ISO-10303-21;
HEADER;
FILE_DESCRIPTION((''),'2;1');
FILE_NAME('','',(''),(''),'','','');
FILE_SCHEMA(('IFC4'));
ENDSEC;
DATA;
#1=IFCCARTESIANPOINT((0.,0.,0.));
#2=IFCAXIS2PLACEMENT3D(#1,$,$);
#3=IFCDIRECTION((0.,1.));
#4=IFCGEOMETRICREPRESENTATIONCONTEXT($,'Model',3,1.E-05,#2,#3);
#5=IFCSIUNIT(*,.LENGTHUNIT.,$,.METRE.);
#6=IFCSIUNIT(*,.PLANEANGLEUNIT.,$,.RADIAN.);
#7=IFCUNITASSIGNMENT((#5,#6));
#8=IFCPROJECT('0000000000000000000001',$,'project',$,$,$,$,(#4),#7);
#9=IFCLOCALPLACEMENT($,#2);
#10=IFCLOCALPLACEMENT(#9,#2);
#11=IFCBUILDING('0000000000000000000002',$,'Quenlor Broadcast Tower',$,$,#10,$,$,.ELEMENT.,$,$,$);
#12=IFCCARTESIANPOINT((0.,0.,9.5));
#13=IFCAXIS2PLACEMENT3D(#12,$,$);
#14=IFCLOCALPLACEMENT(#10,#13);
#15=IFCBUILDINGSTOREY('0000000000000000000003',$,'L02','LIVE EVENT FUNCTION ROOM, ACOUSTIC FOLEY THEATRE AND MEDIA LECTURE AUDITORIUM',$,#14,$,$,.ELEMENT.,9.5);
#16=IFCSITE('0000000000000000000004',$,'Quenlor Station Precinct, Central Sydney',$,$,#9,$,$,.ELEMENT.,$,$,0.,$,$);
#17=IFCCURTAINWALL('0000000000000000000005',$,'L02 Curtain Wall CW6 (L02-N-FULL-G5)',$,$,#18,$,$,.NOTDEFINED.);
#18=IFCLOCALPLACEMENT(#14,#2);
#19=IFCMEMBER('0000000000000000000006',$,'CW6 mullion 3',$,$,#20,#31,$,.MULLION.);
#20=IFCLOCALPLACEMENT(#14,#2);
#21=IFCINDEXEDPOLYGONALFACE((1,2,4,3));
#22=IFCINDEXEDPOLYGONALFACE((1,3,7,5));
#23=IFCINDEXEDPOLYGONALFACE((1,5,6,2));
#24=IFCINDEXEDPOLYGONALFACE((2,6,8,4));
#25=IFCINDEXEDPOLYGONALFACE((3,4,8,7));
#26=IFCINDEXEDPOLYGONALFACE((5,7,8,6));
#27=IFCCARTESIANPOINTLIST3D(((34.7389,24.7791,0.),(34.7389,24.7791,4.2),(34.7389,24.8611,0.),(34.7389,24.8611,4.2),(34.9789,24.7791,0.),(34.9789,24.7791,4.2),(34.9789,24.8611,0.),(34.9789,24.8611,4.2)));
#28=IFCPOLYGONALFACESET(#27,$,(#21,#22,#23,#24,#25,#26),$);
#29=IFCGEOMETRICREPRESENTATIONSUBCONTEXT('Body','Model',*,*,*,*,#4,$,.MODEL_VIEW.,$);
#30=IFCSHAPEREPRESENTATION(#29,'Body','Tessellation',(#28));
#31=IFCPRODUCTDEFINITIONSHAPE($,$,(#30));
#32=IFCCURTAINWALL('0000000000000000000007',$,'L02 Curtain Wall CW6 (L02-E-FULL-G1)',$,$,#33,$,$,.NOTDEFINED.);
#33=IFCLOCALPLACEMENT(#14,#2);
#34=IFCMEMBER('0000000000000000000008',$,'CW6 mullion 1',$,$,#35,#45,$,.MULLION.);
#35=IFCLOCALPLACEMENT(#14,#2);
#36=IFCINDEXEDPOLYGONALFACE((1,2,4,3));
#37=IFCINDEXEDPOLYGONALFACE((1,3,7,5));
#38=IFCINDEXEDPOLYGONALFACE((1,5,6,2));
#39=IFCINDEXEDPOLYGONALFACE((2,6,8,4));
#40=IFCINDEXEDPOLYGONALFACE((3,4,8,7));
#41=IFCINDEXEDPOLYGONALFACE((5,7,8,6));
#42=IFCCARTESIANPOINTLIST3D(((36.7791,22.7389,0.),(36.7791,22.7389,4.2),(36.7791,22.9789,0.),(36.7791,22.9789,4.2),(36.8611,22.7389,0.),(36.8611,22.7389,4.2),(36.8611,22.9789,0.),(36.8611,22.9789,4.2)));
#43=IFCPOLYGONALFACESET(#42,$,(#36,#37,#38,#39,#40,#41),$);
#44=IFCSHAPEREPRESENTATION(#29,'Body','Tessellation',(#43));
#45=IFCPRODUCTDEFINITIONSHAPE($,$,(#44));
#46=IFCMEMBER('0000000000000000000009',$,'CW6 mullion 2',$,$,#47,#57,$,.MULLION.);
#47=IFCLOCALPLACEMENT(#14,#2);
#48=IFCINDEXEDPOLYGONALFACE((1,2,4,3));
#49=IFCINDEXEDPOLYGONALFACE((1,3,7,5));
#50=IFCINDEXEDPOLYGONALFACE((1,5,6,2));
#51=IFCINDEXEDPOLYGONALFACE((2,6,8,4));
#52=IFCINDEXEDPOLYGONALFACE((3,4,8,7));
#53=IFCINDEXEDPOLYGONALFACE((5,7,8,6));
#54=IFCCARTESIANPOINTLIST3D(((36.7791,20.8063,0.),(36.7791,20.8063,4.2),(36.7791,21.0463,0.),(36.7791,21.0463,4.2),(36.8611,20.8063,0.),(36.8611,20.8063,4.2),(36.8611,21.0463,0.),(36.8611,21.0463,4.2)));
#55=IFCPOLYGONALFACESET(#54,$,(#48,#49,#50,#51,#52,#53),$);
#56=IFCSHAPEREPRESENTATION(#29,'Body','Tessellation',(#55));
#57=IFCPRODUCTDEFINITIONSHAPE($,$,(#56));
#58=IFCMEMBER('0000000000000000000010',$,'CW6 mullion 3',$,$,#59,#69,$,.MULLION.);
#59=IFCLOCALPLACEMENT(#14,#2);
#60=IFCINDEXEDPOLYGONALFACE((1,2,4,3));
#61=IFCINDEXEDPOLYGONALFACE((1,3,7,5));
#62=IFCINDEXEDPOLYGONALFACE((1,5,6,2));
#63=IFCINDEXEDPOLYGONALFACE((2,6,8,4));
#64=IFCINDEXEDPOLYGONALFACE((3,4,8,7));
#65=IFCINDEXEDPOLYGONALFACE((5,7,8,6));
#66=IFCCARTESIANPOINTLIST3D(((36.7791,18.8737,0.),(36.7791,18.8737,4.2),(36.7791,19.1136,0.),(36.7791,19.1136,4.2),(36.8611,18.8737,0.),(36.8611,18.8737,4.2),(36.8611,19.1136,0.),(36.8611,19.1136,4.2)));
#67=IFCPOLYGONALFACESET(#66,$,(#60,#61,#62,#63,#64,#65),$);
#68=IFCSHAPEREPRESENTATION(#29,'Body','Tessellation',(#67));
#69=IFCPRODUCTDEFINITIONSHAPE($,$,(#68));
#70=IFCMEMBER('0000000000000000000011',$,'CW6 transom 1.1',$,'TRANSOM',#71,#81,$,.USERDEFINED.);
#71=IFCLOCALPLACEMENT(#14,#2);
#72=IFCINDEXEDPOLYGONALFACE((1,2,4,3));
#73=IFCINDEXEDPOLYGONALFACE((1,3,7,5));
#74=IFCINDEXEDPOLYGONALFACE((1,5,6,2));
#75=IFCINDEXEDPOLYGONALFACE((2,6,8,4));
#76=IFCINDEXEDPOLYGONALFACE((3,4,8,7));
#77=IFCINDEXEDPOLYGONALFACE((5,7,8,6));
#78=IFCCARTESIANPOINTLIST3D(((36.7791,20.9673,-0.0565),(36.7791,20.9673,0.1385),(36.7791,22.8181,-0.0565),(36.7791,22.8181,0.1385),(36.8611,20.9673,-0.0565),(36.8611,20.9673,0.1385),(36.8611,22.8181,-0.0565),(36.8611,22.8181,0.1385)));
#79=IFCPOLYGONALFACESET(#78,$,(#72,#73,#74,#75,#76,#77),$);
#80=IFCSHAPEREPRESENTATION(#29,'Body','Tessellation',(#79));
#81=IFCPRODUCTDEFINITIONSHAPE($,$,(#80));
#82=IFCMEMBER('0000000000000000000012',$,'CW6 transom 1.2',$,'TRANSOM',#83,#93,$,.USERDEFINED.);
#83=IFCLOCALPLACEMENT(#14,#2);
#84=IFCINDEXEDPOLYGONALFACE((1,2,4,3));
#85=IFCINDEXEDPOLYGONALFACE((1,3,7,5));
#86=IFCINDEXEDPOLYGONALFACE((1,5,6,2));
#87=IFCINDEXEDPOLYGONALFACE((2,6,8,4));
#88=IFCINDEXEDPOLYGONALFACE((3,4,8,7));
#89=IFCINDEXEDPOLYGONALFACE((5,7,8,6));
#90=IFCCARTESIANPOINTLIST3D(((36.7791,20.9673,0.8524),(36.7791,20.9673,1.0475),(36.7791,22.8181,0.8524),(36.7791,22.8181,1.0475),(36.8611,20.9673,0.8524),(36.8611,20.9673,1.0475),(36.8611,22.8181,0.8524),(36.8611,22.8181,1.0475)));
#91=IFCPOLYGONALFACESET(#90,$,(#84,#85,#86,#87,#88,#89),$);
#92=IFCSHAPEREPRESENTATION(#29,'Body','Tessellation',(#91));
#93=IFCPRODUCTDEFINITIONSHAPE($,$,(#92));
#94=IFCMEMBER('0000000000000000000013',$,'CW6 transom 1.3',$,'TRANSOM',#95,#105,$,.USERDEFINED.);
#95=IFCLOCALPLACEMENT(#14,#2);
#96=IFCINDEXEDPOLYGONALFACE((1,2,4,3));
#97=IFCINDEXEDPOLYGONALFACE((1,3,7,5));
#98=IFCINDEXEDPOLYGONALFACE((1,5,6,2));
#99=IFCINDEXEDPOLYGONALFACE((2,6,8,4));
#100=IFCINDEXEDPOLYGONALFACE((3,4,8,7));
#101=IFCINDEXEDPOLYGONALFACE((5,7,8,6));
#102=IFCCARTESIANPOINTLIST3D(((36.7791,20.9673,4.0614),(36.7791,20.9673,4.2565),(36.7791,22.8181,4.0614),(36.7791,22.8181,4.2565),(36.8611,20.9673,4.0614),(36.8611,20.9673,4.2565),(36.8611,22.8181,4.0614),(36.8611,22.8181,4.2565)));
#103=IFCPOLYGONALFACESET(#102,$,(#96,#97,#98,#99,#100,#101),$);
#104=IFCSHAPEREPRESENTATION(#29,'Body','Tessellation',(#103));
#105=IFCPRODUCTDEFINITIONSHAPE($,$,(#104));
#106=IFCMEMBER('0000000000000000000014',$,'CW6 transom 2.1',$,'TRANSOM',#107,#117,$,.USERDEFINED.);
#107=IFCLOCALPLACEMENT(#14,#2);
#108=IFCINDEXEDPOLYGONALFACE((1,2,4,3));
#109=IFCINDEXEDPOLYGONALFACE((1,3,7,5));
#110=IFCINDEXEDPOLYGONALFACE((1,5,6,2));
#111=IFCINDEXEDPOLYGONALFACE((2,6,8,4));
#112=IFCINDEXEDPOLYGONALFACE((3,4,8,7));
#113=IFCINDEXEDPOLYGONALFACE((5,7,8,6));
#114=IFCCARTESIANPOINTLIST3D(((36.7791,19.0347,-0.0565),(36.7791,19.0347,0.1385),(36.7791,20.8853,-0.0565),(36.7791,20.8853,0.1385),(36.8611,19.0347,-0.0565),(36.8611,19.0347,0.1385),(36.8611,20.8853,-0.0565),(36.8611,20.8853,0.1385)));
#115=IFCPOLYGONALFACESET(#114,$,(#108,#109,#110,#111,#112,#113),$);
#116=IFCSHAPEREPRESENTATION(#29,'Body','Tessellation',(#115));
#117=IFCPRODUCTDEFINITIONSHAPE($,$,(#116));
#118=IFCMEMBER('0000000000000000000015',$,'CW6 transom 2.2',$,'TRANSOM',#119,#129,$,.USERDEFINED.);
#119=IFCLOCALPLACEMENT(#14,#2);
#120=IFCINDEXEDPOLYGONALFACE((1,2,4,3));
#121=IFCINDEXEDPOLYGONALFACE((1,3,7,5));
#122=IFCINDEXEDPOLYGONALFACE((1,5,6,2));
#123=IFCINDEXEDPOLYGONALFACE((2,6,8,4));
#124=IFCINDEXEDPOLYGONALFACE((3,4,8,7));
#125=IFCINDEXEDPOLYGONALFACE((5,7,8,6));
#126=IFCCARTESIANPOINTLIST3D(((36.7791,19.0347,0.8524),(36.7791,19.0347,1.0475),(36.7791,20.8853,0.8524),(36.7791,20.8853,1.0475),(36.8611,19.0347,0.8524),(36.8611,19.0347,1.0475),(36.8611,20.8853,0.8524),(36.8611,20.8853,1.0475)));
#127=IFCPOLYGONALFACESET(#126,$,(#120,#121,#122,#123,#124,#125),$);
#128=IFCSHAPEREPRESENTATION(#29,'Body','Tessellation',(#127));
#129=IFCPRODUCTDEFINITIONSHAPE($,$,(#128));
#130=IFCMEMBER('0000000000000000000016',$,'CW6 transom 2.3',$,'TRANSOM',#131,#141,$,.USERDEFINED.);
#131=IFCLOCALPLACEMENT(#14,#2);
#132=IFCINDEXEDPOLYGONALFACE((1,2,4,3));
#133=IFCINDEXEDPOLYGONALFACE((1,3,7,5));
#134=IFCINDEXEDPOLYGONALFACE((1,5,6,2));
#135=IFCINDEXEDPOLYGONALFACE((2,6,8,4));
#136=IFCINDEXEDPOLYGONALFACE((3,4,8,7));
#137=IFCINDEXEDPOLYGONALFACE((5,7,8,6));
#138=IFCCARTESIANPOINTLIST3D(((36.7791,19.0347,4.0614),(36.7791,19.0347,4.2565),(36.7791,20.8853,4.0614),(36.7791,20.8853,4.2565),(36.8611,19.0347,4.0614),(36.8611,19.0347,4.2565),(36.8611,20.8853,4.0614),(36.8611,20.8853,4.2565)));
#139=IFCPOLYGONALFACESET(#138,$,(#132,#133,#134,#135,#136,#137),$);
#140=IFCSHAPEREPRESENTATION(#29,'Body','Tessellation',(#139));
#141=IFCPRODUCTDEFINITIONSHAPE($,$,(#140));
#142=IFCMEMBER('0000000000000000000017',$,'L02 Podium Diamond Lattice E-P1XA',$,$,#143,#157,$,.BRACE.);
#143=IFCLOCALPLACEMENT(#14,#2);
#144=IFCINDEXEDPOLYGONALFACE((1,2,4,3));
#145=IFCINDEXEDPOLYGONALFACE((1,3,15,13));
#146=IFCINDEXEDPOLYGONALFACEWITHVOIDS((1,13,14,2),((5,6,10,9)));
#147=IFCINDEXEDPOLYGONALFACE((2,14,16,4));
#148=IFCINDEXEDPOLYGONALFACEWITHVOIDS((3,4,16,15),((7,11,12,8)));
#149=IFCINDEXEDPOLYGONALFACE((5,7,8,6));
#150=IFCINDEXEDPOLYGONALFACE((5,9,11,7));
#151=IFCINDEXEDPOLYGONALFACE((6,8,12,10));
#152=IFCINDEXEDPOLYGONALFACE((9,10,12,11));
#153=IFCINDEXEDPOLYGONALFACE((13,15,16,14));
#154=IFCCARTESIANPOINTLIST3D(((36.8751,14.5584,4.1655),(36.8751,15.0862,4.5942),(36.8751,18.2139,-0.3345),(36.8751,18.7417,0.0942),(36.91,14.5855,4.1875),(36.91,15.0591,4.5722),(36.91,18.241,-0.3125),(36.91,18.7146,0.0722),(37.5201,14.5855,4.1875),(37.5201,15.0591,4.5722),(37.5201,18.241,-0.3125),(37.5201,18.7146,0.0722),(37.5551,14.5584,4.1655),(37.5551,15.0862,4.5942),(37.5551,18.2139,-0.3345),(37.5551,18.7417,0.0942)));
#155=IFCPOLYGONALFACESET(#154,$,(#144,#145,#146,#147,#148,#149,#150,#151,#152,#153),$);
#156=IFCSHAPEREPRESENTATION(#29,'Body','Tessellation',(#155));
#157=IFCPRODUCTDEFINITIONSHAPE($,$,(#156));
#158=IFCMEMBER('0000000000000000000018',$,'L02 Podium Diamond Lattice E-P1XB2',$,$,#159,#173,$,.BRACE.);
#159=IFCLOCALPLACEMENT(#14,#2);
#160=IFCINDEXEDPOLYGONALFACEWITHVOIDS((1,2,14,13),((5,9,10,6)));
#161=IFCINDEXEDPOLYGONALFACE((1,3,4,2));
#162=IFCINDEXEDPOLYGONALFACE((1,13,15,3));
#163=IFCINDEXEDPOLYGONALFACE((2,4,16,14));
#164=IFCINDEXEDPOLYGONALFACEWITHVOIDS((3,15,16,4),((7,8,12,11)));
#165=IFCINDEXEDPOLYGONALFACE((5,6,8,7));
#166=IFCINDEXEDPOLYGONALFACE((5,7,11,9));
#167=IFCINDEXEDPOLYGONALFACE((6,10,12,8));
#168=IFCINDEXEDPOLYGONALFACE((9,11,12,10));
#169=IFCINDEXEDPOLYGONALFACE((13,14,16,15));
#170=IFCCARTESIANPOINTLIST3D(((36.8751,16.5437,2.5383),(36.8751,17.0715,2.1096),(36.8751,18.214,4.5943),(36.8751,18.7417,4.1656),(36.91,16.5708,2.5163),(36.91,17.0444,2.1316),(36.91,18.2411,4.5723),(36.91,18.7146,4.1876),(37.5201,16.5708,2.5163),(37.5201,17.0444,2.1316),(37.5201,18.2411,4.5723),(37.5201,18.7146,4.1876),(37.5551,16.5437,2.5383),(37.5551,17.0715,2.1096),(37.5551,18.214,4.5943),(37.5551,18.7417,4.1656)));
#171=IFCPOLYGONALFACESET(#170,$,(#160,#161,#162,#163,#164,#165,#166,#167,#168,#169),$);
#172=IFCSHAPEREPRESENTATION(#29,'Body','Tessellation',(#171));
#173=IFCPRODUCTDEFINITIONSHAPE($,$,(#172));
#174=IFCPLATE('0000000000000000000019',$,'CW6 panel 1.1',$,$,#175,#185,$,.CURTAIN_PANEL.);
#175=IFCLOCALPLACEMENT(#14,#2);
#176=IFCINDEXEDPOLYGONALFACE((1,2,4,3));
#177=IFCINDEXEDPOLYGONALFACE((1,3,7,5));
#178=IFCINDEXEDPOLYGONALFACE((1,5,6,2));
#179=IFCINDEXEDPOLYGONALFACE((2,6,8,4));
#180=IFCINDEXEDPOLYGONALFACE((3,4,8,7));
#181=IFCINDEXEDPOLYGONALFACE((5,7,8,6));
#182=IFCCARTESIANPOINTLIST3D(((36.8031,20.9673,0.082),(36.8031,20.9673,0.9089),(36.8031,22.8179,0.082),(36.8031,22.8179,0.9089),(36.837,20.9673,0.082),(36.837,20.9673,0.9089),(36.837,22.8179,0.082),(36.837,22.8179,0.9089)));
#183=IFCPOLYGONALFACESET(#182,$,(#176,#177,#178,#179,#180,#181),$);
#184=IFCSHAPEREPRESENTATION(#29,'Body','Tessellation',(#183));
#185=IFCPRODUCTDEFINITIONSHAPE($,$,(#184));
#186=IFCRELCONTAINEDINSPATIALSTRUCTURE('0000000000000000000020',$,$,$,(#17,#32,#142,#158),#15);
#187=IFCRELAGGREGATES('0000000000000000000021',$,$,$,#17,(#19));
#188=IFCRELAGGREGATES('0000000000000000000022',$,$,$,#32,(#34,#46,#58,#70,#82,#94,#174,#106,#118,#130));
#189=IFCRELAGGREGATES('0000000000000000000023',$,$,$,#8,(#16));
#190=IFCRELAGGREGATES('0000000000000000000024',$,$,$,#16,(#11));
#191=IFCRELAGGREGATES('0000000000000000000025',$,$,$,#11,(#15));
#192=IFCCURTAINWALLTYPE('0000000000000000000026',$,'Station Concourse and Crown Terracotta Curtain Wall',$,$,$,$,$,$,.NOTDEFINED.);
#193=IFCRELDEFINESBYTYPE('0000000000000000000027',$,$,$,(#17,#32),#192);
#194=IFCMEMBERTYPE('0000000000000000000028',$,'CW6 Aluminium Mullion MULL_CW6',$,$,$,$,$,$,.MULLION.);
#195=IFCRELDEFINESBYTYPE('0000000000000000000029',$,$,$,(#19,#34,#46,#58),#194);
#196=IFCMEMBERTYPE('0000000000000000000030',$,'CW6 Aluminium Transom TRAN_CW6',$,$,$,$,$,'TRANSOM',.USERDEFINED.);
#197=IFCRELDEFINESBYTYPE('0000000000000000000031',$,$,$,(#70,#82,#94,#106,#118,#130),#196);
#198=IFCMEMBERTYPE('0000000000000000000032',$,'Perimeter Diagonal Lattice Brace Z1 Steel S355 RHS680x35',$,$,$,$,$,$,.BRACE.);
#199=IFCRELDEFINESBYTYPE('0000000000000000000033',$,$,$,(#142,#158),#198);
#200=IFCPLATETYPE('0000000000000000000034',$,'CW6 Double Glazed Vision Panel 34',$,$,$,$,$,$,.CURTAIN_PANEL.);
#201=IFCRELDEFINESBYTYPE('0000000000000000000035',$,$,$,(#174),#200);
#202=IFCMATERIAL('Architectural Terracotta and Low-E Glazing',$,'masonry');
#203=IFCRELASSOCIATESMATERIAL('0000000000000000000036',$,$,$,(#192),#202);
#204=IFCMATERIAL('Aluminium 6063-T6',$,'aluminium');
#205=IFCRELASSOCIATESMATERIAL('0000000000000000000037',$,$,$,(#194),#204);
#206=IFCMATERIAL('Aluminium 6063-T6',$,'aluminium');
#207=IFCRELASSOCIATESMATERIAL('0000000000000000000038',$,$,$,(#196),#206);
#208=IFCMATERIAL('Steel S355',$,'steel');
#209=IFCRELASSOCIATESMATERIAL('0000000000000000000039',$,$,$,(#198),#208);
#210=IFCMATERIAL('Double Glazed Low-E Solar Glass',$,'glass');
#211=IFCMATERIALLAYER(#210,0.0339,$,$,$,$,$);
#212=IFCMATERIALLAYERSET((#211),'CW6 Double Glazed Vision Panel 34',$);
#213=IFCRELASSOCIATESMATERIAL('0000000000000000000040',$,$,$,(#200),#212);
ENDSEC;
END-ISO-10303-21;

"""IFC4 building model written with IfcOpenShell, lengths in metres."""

from ifc_helpers import new_model, si_unit, direction, frame, origin, origin_2d, place, context, subcontext, project, spatial, rectangle, hollow_rectangle, extrude, material, layer, layer_set, material_profile, profile_set, type_object, element, aggregate, save


model = new_model("IFC4")

# Units and contexts
model_context = context("Model", 3, precision=1e-05, world=origin(), true_north=direction((0.0, 1.0)))
body_context = subcontext(model_context, "Body", "Model", "MODEL_VIEW")
ifc_project = project(units=[si_unit("LENGTHUNIT", "METRE"), si_unit("PLANEANGLEUNIT", "RADIAN")], contexts=[model_context])

# Site, building, storey
site_placement = place(None, origin())
site = spatial("IfcSite", under=ifc_project, at=site_placement, Name="Quenlor Station Precinct, Central Sydney", CompositionType="ELEMENT", RefElevation=0.0)
building_placement = place(site_placement, origin())
building = spatial("IfcBuilding", under=site, at=building_placement, Name="Quenlor Broadcast Tower", CompositionType="ELEMENT")
storey_placement = place(building_placement, frame((0.0, 0.0, 9.5)))
storey = spatial("IfcBuildingStorey", under=building, at=storey_placement, Name="L02", Description="LIVE EVENT FUNCTION ROOM, ACOUSTIC FOLEY THEATRE AND MEDIA LECTURE AUDITORIUM", CompositionType="ELEMENT", Elevation=9.5)

# Curtain wall, member
ifc_material_1 = material(Name="Architectural Terracotta and Low-E Glazing", Category="masonry")
curtain_wall_type = type_object("IfcCurtainWallType", Name="Station Concourse and Crown Terracotta Curtain Wall", PredefinedType="NOTDEFINED", material=ifc_material_1)
curtain_wall_1_placement = place(storey_placement, origin())
curtain_wall_1 = element("IfcCurtainWall", 1, at=curtain_wall_1_placement, inside=storey, type_object=curtain_wall_type, Name="L02 Curtain Wall CW6 (L02-N-FULL-G5)", PredefinedType="NOTDEFINED")
ifc_material_2 = material(Name="Aluminium 6063-T6", Category="aluminium")
ifc_material_profile_1 = material_profile(ifc_material_2, rectangle(XDim=0.082, YDim=0.24, at=origin_2d()))
ifc_profile_set_1 = profile_set([ifc_material_profile_1], Name="Aluminium 6063-T6 MULL82x240")
member_type_1 = type_object("IfcMemberType", Name="CW6 Aluminium Mullion MULL_CW6", PredefinedType="MULLION", material=ifc_profile_set_1)
member_1_placement = place(storey_placement, frame((34.8589, 24.8201, 0.0), z_axis=(0.0, 0.0, 1.0), x_axis=(0.0, 1.0, 0.0)))
member_1 = element("IfcMember", 2, at=member_1_placement, type_object=member_type_1, Name="CW6 mullion 3", PredefinedType="MULLION", context=body_context, shape_type="SweptSolid", body=[
    extrude(rectangle(XDim=0.082, YDim=0.24, at=origin_2d()), origin(), (0.0, 0.0, 1.0), 4.2),
])
aggregate(curtain_wall_1, [member_1])

# Curtain wall, members
curtain_wall_2_placement = place(storey_placement, origin())
curtain_wall_2 = element("IfcCurtainWall", 3, at=curtain_wall_2_placement, inside=storey, type_object=curtain_wall_type, Name="L02 Curtain Wall CW6 (L02-E-FULL-G1)", PredefinedType="NOTDEFINED")
member_2_placement = place(storey_placement, frame((36.8201, 22.8589, 0.0), z_axis=(0.0, 0.0, 1.0), x_axis=(1.0, 0.0, 0.0)))
member_2 = element("IfcMember", 4, at=member_2_placement, type_object=member_type_1, Name="CW6 mullion 1", PredefinedType="MULLION", context=body_context, shape_type="SweptSolid", body=[
    extrude(rectangle(XDim=0.082, YDim=0.24, at=origin_2d()), origin(), (0.0, 0.0, 1.0), 4.2),
])
member_3_placement = place(storey_placement, frame((36.8201, 20.9263, 0.0), z_axis=(0.0, 0.0, 1.0), x_axis=(1.0, 0.0, 0.0)))
member_3 = element("IfcMember", 5, at=member_3_placement, type_object=member_type_1, Name="CW6 mullion 2", PredefinedType="MULLION", context=body_context, shape_type="SweptSolid", body=[
    extrude(rectangle(XDim=0.082, YDim=0.24, at=origin_2d()), origin(), (0.0, 0.0, 1.0), 4.2),
])
member_4_placement = place(storey_placement, frame((36.8201, 18.9937, 0.0), z_axis=(0.0, 0.0, 1.0), x_axis=(1.0, 0.0, 0.0)))
member_4 = element("IfcMember", 6, at=member_4_placement, type_object=member_type_1, Name="CW6 mullion 3", PredefinedType="MULLION", context=body_context, shape_type="SweptSolid", body=[
    extrude(rectangle(XDim=0.082, YDim=0.24, at=origin_2d()), origin(), (0.0, 0.0, 1.0), 4.2),
])
ifc_material_3 = material(Name="Aluminium 6063-T6", Category="aluminium")
ifc_material_profile_2 = material_profile(ifc_material_3, rectangle(XDim=0.082, YDim=0.1951, at=origin_2d()))
ifc_profile_set_2 = profile_set([ifc_material_profile_2], Name="Aluminium 6063-T6 TRAN82x195")
member_type_2 = type_object("IfcMemberType", Name="CW6 Aluminium Transom TRAN_CW6", ElementType="TRANSOM", PredefinedType="USERDEFINED", material=ifc_profile_set_2)
member_5_placement = place(storey_placement, frame((36.8201, 22.8181, 0.041), z_axis=(0.0, -1.0, 0.0), x_axis=(1.0, 0.0, 0.0)))
member_5 = element("IfcMember", 7, at=member_5_placement, type_object=member_type_2, Name="CW6 transom 1.1", ObjectType="TRANSOM", PredefinedType="USERDEFINED", context=body_context, shape_type="SweptSolid", body=[
    extrude(rectangle(XDim=0.082, YDim=0.1951, at=origin_2d()), origin(), (0.0, 0.0, 1.0), 1.8508),
])
member_6_placement = place(storey_placement, frame((36.8201, 22.8181, 0.95), z_axis=(0.0, -1.0, 0.0), x_axis=(1.0, 0.0, 0.0)))
member_6 = element("IfcMember", 8, at=member_6_placement, type_object=member_type_2, Name="CW6 transom 1.2", ObjectType="TRANSOM", PredefinedType="USERDEFINED", context=body_context, shape_type="SweptSolid", body=[
    extrude(rectangle(XDim=0.082, YDim=0.1951, at=origin_2d()), origin(), (0.0, 0.0, 1.0), 1.8508),
])
member_7_placement = place(storey_placement, frame((36.8201, 22.8181, 4.1589), z_axis=(0.0, -1.0, 0.0), x_axis=(1.0, 0.0, 0.0)))
member_7 = element("IfcMember", 9, at=member_7_placement, type_object=member_type_2, Name="CW6 transom 1.3", ObjectType="TRANSOM", PredefinedType="USERDEFINED", context=body_context, shape_type="SweptSolid", body=[
    extrude(rectangle(XDim=0.082, YDim=0.1951, at=origin_2d()), origin(), (0.0, 0.0, 1.0), 1.8508),
])
member_8_placement = place(storey_placement, frame((36.8201, 20.8853, 0.041), z_axis=(0.0, -1.0, 0.0), x_axis=(1.0, 0.0, 0.0)))
member_8 = element("IfcMember", 10, at=member_8_placement, type_object=member_type_2, Name="CW6 transom 2.1", ObjectType="TRANSOM", PredefinedType="USERDEFINED", context=body_context, shape_type="SweptSolid", body=[
    extrude(rectangle(XDim=0.082, YDim=0.1951, at=origin_2d()), origin(), (0.0, 0.0, 1.0), 1.8506),
])
member_9_placement = place(storey_placement, frame((36.8201, 20.8853, 0.95), z_axis=(0.0, -1.0, 0.0), x_axis=(1.0, 0.0, 0.0)))
member_9 = element("IfcMember", 11, at=member_9_placement, type_object=member_type_2, Name="CW6 transom 2.2", ObjectType="TRANSOM", PredefinedType="USERDEFINED", context=body_context, shape_type="SweptSolid", body=[
    extrude(rectangle(XDim=0.082, YDim=0.1951, at=origin_2d()), origin(), (0.0, 0.0, 1.0), 1.8506),
])
member_10_placement = place(storey_placement, frame((36.8201, 20.8853, 4.1589), z_axis=(0.0, -1.0, 0.0), x_axis=(1.0, 0.0, 0.0)))
member_10 = element("IfcMember", 12, at=member_10_placement, type_object=member_type_2, Name="CW6 transom 2.3", ObjectType="TRANSOM", PredefinedType="USERDEFINED", context=body_context, shape_type="SweptSolid", body=[
    extrude(rectangle(XDim=0.082, YDim=0.1951, at=origin_2d()), origin(), (0.0, 0.0, 1.0), 1.8506),
])

# Members
ifc_material_4 = material(Name="Steel S355", Category="steel")
ifc_material_profile_3 = material_profile(ifc_material_4, hollow_rectangle(XDim=0.6799, YDim=0.6799, WallThickness=0.0349, at=origin_2d()))
ifc_profile_set_3 = profile_set([ifc_material_profile_3], Name="Steel S355 RHS680x680x35")
member_type_3 = type_object("IfcMemberType", Name="Perimeter Diagonal Lattice Brace Z1 Steel S355 RHS680x35", PredefinedType="BRACE", material=ifc_profile_set_3)
member_11_placement = place(storey_placement, frame((37.2151, 18.4778, -0.1201), z_axis=(0.0, -0.630517, 0.776176), x_axis=(1.0, 0.0, 0.0)))
element("IfcMember", 13, at=member_11_placement, inside=storey, type_object=member_type_3, Name="L02 Podium Diamond Lattice E-P1XA", PredefinedType="BRACE", context=body_context, shape_type="SweptSolid", body=[
    extrude(hollow_rectangle(XDim=0.6799, YDim=0.6799, WallThickness=0.0349, at=origin_2d()), origin(), (0.0, 0.0, 1.0), 5.7976),
])
member_12_placement = place(storey_placement, frame((37.2151, 16.8076, 2.324), z_axis=(0.0, 0.630534, 0.776162), x_axis=(-1.0, 0.0, 0.0)))
element("IfcMember", 14, at=member_12_placement, inside=storey, type_object=member_type_3, Name="L02 Podium Diamond Lattice E-P1XB2", PredefinedType="BRACE", context=body_context, shape_type="SweptSolid", body=[
    extrude(hollow_rectangle(XDim=0.6799, YDim=0.6799, WallThickness=0.0349, at=origin_2d()), origin(), (0.0, 0.0, 1.0), 2.6489),
])

# Plate
ifc_material_5 = material(Name="Double Glazed Low-E Solar Glass", Category="glass")
ifc_layer_1 = layer(ifc_material_5, 0.0339)
ifc_layer_set_1 = layer_set([ifc_layer_1], Name="CW6 Double Glazed Vision Panel 34")
plate_type_1 = type_object("IfcPlateType", Name="CW6 Double Glazed Vision Panel 34", PredefinedType="CURTAIN_PANEL", material=ifc_layer_set_1)
plate_1_placement = place(storey_placement, frame((36.8201, 21.8926, 0.082), z_axis=(0.0, 0.0, 1.0), x_axis=(0.0, -1.0, 0.0)))
plate_1 = element("IfcPlate", 15, at=plate_1_placement, type_object=plate_type_1, Name="CW6 panel 1.1", PredefinedType="CURTAIN_PANEL", context=body_context, shape_type="SweptSolid", body=[
    extrude(rectangle(XDim=1.8506, YDim=0.0339, at=origin_2d()), origin(), (0.0, 0.0, 1.0), 0.8269),
])
aggregate(curtain_wall_2, [member_2, member_3, member_4, member_5, member_6, member_7, plate_1, member_8, member_9, member_10])

save(model, "model.ifc")
